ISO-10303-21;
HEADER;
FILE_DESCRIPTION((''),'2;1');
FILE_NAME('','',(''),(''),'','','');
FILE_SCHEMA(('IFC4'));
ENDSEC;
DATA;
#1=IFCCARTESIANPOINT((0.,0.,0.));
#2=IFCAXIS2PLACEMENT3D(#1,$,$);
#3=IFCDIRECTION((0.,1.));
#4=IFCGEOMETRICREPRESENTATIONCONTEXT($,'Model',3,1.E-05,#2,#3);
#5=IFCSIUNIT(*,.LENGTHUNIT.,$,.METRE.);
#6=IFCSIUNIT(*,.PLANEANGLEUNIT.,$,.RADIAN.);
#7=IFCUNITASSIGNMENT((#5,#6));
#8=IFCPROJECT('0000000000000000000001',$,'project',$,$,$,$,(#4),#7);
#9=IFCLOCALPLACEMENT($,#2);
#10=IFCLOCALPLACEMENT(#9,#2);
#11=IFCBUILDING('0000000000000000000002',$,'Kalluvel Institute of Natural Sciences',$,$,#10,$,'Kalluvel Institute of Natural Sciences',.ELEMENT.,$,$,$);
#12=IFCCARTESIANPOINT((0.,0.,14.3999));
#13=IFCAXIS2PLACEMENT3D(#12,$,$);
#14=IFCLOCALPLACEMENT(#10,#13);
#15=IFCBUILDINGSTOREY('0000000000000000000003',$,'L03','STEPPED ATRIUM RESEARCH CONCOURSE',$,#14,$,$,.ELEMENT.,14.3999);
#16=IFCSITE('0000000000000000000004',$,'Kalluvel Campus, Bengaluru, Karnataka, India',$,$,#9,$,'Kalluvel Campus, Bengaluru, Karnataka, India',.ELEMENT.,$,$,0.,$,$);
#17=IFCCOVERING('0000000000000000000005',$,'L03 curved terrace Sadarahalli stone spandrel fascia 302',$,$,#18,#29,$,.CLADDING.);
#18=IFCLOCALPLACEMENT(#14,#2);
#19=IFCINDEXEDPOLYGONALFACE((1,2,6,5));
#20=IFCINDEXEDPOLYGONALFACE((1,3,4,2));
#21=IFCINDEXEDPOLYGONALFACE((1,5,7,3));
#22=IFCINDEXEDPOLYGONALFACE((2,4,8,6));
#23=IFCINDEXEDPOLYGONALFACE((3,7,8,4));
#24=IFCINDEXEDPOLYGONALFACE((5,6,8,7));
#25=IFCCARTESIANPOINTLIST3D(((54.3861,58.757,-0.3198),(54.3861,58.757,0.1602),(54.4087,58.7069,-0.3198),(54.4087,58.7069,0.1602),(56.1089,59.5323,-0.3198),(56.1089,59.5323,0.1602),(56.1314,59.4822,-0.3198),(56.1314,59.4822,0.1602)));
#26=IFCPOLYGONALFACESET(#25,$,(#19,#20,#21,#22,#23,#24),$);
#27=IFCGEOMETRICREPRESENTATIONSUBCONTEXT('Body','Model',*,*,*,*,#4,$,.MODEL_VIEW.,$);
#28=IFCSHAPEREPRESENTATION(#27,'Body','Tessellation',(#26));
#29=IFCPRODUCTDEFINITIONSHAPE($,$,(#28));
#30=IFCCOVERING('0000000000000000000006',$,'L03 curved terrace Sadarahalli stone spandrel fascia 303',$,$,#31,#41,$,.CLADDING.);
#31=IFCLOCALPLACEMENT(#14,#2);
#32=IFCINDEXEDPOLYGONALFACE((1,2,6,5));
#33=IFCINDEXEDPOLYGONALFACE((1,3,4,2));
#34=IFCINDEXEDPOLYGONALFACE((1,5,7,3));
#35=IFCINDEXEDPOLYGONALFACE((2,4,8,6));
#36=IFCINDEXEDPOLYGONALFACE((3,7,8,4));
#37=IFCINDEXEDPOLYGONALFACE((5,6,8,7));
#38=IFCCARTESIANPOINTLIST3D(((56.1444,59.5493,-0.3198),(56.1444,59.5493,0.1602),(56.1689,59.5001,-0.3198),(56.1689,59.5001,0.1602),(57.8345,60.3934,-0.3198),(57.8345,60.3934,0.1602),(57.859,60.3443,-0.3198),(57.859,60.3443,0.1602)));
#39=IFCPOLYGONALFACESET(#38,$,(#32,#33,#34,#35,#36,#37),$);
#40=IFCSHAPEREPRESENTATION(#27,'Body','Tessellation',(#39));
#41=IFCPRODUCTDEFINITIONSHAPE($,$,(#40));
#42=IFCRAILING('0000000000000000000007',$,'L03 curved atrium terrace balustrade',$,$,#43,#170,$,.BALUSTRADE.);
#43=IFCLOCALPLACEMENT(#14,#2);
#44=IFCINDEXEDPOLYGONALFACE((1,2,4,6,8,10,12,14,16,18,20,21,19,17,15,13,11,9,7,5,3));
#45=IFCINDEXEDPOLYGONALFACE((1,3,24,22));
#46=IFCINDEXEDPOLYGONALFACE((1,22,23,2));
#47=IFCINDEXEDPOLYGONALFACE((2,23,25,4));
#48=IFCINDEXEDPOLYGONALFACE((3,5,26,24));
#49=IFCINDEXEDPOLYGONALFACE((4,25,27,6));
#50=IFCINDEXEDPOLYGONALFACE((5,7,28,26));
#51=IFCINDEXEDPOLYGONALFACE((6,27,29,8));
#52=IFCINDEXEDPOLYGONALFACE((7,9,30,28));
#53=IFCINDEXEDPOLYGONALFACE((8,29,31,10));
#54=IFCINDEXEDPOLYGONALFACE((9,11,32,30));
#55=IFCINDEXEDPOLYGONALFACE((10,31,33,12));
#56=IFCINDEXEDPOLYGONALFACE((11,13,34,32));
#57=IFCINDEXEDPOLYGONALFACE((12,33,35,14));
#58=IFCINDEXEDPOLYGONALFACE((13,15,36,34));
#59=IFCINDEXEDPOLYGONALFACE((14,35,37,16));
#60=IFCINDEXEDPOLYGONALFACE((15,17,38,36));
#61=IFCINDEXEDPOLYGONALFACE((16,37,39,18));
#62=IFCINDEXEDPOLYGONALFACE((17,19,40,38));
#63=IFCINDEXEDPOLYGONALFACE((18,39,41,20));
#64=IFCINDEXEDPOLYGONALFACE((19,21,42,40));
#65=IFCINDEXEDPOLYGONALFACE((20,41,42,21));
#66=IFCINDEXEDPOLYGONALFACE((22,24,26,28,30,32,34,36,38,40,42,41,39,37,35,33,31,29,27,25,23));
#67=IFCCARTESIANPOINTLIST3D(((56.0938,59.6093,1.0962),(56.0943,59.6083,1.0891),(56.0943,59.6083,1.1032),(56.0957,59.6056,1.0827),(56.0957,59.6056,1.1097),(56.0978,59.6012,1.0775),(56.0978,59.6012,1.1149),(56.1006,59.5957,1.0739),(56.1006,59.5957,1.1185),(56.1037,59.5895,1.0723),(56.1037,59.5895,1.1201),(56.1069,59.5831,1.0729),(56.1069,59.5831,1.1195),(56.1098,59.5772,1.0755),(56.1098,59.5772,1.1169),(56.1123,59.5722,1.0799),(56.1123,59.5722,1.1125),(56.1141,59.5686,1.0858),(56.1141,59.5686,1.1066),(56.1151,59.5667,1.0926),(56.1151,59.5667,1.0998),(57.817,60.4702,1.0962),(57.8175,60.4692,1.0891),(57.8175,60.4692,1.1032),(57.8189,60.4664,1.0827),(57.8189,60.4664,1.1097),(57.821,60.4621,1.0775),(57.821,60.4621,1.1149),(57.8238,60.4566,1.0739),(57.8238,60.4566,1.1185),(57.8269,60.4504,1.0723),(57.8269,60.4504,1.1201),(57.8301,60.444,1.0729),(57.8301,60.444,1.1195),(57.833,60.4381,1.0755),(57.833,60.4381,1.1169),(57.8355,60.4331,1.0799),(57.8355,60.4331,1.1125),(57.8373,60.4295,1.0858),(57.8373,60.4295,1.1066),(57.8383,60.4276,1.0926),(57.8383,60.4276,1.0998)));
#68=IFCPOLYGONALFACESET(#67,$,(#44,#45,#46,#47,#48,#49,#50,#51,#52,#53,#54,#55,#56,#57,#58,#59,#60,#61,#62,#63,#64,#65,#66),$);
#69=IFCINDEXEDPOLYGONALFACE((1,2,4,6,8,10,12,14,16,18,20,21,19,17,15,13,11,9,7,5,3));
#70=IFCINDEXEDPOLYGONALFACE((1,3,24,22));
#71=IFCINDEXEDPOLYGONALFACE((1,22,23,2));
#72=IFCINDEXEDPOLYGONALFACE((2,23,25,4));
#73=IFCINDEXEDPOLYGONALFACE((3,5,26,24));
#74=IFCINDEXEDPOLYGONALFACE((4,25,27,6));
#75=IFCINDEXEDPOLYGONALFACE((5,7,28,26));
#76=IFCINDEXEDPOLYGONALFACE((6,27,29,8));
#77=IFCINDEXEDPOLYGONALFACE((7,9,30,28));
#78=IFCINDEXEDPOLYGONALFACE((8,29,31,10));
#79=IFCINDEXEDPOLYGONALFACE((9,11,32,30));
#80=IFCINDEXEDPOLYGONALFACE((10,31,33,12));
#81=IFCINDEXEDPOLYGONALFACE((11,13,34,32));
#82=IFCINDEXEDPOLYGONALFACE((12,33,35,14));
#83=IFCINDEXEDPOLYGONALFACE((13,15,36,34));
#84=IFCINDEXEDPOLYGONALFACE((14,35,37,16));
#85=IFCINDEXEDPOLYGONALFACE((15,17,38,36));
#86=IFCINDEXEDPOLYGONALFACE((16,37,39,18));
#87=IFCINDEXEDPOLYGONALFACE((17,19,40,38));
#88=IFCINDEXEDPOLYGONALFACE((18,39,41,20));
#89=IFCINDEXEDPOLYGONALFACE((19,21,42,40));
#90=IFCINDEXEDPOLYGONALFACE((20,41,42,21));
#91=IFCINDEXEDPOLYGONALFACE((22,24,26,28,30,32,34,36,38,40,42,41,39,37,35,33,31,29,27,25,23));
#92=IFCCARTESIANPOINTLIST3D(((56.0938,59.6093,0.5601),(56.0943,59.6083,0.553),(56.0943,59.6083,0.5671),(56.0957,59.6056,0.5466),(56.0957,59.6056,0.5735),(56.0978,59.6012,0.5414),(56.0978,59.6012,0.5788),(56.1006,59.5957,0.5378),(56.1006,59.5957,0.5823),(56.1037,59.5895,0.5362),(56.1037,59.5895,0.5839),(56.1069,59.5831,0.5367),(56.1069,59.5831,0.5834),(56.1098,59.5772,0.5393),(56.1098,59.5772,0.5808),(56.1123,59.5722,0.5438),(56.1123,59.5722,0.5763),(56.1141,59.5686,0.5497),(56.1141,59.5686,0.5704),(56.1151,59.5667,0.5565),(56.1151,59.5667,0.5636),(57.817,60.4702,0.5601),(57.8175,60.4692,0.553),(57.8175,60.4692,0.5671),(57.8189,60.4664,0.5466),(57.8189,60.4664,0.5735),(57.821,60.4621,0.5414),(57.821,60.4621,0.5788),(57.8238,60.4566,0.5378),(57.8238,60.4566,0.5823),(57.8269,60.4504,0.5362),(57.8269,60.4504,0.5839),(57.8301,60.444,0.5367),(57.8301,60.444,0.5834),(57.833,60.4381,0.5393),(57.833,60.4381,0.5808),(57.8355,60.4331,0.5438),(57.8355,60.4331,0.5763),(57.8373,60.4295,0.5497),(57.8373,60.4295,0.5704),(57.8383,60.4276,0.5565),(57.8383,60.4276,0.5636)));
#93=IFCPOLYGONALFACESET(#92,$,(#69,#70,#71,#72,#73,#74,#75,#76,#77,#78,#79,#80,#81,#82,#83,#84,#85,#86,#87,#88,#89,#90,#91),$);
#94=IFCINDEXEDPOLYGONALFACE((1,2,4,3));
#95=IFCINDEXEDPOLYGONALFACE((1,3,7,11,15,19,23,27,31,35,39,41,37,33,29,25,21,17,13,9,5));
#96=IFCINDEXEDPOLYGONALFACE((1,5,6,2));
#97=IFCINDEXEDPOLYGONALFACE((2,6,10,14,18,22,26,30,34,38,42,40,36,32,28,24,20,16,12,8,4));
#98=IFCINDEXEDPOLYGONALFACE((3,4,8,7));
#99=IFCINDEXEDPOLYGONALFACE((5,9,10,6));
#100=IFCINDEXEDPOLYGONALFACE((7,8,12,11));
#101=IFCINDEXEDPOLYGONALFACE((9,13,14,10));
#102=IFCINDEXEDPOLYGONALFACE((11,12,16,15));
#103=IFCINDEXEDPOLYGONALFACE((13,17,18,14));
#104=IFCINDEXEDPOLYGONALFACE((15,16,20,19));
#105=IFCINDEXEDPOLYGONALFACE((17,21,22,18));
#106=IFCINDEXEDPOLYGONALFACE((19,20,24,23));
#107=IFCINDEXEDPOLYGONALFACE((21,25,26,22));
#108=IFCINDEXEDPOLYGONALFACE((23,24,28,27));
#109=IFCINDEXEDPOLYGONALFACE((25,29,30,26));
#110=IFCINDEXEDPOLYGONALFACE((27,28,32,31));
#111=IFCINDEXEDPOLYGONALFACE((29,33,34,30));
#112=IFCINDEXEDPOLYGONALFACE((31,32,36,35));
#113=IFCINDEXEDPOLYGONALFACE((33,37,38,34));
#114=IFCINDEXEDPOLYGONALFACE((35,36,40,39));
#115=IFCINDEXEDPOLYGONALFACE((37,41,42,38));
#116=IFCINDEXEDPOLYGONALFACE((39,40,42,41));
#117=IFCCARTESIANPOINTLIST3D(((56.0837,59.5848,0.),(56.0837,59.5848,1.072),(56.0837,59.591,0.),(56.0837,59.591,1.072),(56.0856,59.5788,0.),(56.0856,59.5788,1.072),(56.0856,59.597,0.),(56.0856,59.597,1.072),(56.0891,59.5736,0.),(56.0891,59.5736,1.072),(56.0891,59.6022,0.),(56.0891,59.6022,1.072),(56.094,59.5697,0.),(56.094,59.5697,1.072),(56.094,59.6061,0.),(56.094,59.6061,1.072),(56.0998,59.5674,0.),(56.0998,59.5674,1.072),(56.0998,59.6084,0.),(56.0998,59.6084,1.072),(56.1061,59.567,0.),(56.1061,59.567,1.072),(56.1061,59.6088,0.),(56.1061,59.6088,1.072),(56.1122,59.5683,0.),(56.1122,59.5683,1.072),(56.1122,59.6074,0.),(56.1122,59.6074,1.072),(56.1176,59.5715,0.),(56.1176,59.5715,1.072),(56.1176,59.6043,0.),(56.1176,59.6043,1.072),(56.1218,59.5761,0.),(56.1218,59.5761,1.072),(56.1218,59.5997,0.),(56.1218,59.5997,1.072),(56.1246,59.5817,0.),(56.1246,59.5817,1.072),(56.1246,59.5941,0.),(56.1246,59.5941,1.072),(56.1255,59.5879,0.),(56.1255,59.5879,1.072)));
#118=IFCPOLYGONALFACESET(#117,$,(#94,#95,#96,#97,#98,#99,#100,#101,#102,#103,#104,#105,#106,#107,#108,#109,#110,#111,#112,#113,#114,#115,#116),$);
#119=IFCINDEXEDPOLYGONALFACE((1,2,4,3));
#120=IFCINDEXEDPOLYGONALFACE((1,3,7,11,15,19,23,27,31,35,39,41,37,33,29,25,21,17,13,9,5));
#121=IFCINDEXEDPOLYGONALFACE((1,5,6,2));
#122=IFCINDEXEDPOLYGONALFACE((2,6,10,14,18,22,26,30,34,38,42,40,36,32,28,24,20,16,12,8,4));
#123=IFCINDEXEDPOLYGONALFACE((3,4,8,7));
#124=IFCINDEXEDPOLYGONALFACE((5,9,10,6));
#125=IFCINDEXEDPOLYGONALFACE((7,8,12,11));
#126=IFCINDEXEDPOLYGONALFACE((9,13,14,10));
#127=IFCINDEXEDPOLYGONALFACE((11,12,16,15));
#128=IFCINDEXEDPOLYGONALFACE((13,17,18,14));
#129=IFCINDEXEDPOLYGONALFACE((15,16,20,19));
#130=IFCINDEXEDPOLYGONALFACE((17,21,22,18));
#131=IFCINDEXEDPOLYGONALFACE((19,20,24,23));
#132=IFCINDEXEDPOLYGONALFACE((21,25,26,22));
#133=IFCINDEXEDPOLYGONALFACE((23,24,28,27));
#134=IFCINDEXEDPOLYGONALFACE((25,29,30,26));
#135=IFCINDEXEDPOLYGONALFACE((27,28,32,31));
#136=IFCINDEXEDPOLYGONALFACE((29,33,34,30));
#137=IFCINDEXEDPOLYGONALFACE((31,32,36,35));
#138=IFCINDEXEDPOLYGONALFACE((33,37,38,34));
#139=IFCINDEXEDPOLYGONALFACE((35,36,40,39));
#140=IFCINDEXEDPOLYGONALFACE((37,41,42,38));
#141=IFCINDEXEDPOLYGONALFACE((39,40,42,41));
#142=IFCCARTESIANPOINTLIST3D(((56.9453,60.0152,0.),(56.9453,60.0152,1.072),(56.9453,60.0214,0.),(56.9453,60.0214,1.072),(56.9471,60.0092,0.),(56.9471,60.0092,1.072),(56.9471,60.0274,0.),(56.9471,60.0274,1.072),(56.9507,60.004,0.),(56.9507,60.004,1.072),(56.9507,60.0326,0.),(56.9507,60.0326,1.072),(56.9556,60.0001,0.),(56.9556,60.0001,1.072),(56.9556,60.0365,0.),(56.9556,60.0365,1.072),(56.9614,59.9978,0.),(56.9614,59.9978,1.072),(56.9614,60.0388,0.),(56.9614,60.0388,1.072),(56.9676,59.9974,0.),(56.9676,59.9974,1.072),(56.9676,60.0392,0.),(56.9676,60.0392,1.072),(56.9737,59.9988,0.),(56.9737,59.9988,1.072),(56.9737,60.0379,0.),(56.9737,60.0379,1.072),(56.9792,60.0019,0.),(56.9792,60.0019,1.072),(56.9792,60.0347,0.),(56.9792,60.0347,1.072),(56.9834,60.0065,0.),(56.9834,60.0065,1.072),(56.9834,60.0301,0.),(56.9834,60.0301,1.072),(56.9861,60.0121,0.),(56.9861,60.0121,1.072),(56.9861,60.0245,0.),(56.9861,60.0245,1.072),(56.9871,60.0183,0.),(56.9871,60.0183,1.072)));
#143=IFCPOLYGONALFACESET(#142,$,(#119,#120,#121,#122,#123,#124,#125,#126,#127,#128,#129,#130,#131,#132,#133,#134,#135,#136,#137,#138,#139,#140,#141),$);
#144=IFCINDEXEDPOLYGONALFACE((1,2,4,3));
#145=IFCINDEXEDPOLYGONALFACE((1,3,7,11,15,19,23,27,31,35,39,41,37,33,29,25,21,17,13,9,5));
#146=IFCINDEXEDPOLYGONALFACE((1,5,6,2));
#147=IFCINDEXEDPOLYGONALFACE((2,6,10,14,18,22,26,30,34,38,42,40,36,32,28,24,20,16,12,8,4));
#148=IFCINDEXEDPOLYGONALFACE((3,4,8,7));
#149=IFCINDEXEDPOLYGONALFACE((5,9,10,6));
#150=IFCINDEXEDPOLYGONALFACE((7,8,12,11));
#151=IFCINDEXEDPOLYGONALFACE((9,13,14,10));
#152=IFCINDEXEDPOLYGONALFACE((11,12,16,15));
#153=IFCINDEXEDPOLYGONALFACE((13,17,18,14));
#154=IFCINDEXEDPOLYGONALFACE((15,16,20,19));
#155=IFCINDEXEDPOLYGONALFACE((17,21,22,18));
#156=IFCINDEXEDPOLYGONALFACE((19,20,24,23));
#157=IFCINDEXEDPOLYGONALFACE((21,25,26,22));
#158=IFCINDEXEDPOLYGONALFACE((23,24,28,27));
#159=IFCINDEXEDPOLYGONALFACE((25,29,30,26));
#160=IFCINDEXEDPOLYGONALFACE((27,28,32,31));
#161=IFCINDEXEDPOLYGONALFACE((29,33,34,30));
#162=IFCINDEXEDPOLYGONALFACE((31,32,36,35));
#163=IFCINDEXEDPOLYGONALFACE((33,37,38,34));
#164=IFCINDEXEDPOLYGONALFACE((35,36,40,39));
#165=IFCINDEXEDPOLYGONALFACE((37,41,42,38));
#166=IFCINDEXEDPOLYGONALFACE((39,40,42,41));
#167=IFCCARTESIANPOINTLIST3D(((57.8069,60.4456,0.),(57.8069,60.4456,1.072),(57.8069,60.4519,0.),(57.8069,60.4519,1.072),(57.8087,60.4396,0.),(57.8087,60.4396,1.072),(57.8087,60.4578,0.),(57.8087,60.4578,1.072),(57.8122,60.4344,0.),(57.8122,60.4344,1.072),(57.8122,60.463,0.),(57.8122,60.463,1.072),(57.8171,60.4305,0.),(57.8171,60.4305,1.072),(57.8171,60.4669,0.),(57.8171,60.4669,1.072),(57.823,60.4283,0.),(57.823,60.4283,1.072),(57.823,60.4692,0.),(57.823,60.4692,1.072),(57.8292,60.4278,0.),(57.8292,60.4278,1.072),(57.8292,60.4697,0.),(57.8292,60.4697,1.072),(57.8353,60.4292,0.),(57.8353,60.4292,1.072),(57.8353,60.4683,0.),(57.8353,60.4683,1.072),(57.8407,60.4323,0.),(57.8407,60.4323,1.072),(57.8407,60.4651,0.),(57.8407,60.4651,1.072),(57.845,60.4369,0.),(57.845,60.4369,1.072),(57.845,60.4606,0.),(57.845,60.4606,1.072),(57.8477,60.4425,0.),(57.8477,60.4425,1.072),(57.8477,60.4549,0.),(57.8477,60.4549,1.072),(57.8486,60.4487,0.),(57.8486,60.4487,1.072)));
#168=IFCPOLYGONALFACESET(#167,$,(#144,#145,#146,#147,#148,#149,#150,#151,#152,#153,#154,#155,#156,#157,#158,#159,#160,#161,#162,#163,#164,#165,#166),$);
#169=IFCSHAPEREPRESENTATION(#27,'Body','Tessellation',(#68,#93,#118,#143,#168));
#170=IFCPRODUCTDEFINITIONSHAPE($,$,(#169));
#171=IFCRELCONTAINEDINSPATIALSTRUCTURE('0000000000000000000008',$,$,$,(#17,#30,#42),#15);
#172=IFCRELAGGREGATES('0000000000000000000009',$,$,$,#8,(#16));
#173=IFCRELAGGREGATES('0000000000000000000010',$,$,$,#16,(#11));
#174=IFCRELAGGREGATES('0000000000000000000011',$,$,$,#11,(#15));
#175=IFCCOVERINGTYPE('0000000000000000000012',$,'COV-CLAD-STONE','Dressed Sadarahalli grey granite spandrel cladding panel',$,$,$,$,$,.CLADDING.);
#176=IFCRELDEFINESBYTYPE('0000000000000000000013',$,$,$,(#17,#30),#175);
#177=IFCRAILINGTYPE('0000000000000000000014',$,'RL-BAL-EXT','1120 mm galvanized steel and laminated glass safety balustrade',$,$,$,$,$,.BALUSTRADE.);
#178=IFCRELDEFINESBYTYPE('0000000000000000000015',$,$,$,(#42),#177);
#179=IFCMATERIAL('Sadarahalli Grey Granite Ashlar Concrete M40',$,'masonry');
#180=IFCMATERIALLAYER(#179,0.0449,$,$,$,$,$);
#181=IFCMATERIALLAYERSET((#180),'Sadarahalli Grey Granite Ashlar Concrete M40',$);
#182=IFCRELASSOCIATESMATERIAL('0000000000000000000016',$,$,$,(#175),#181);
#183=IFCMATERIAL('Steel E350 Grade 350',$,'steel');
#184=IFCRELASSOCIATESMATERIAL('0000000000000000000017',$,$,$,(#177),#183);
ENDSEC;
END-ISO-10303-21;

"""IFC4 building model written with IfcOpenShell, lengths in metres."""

from ifc_helpers import new_model, si_unit, direction, frame, origin, origin_2d, place, context, subcontext, project, spatial, rectangle, circle, extrude, material, layer, layer_set, type_object, element, save


model = new_model("IFC4")

# Units and contexts
model_context = context("Model", 3, precision=1e-05, world=origin(), true_north=direction((0.0, 1.0)))
body_context = subcontext(model_context, "Body", "Model", "MODEL_VIEW")
ifc_project = project(units=[si_unit("LENGTHUNIT", "METRE"), si_unit("PLANEANGLEUNIT", "RADIAN")], contexts=[model_context])

# Site, building, storey
site_placement = place(None, origin())
site = spatial("IfcSite", under=ifc_project, at=site_placement, Name="Kalluvel Campus, Bengaluru, Karnataka, India", LongName="Kalluvel Campus, Bengaluru, Karnataka, India", CompositionType="ELEMENT", RefElevation=0.0)
building_placement = place(site_placement, origin())
building = spatial("IfcBuilding", under=site, at=building_placement, Name="Kalluvel Institute of Natural Sciences", LongName="Kalluvel Institute of Natural Sciences", CompositionType="ELEMENT")
storey_placement = place(building_placement, frame((0.0, 0.0, 14.3999)))
storey = spatial("IfcBuildingStorey", under=building, at=storey_placement, Name="L03", Description="STEPPED ATRIUM RESEARCH CONCOURSE", CompositionType="ELEMENT", Elevation=14.3999)

# Coverings
ifc_material_1 = material(Name="Sadarahalli Grey Granite Ashlar Concrete M40", Category="masonry")
ifc_layer_1 = layer(ifc_material_1, 0.0449)
ifc_layer_set_1 = layer_set([ifc_layer_1], Name="Sadarahalli Grey Granite Ashlar Concrete M40")
covering_type = type_object("IfcCoveringType", Name="COV-CLAD-STONE", Description="Dressed Sadarahalli grey granite spandrel cladding panel", PredefinedType="CLADDING", material=ifc_layer_set_1)
for number, where, z_axis, x_axis, name in (
    (1, (55.2588, 59.1196, -0.3198), (0.0, 0.0, 1.0), (0.911905, 0.410401, 0.0), "L03 curved terrace Sadarahalli stone spandrel fascia 302"),
    (2, (57.0017, 59.9468, -0.3198), (0.0, 0.0, 1.0), (0.894623, 0.446822, 0.0), "L03 curved terrace Sadarahalli stone spandrel fascia 303"),
):
    element("IfcCovering", number, at=place(storey_placement, frame(where, z_axis=z_axis, x_axis=x_axis)), inside=storey, type_object=covering_type, Name=name, PredefinedType="CLADDING", context=body_context, shape_type="SweptSolid", body=[
        extrude(rectangle(XDim=1.8892, YDim=0.0549, at=origin_2d()), origin(), (0.0, 0.0, 1.0), 0.48),
    ])

# Railing
ifc_material_2 = material(Name="Steel E350 Grade 350", Category="steel")
railing_type = type_object("IfcRailingType", Name="RL-BAL-EXT", Description="1120 mm galvanized steel and laminated glass safety balustrade", PredefinedType="BALUSTRADE", material=ifc_material_2)
railing_placement = place(storey_placement, frame((56.1045, 59.5879, 0.0)))
element("IfcRailing", 3, at=railing_placement, inside=storey, type_object=railing_type, Name="L03 curved atrium terrace balustrade", PredefinedType="BALUSTRADE", context=body_context, shape_type="SweptSolid", body=[
    extrude(circle(Radius=0.0239, at=origin_2d()), frame((0.0, 0.0, 1.0962), z_axis=(0.894579, 0.446909, 0.0), x_axis=(-0.446909, 0.894579, 0.0)), (0.0, 0.0, 1.0), 1.9263),
    extrude(circle(Radius=0.0239, at=origin_2d()), frame((0.0, 0.0, 0.5601), z_axis=(0.894579, 0.446909, 0.0), x_axis=(-0.446909, 0.894579, 0.0)), (0.0, 0.0, 1.0), 1.9263),
    extrude(circle(Radius=0.021, at=origin_2d()), origin(), (0.0, 0.0, 1.0), 1.072),
    extrude(circle(Radius=0.021, at=origin_2d()), frame((0.8616, 0.4304, 0.0)), (0.0, 0.0, 1.0), 1.072),
    extrude(circle(Radius=0.021, at=origin_2d()), frame((1.7231, 0.8608, 0.0)), (0.0, 0.0, 1.0), 1.072),
])

save(model, "model.ifc")
